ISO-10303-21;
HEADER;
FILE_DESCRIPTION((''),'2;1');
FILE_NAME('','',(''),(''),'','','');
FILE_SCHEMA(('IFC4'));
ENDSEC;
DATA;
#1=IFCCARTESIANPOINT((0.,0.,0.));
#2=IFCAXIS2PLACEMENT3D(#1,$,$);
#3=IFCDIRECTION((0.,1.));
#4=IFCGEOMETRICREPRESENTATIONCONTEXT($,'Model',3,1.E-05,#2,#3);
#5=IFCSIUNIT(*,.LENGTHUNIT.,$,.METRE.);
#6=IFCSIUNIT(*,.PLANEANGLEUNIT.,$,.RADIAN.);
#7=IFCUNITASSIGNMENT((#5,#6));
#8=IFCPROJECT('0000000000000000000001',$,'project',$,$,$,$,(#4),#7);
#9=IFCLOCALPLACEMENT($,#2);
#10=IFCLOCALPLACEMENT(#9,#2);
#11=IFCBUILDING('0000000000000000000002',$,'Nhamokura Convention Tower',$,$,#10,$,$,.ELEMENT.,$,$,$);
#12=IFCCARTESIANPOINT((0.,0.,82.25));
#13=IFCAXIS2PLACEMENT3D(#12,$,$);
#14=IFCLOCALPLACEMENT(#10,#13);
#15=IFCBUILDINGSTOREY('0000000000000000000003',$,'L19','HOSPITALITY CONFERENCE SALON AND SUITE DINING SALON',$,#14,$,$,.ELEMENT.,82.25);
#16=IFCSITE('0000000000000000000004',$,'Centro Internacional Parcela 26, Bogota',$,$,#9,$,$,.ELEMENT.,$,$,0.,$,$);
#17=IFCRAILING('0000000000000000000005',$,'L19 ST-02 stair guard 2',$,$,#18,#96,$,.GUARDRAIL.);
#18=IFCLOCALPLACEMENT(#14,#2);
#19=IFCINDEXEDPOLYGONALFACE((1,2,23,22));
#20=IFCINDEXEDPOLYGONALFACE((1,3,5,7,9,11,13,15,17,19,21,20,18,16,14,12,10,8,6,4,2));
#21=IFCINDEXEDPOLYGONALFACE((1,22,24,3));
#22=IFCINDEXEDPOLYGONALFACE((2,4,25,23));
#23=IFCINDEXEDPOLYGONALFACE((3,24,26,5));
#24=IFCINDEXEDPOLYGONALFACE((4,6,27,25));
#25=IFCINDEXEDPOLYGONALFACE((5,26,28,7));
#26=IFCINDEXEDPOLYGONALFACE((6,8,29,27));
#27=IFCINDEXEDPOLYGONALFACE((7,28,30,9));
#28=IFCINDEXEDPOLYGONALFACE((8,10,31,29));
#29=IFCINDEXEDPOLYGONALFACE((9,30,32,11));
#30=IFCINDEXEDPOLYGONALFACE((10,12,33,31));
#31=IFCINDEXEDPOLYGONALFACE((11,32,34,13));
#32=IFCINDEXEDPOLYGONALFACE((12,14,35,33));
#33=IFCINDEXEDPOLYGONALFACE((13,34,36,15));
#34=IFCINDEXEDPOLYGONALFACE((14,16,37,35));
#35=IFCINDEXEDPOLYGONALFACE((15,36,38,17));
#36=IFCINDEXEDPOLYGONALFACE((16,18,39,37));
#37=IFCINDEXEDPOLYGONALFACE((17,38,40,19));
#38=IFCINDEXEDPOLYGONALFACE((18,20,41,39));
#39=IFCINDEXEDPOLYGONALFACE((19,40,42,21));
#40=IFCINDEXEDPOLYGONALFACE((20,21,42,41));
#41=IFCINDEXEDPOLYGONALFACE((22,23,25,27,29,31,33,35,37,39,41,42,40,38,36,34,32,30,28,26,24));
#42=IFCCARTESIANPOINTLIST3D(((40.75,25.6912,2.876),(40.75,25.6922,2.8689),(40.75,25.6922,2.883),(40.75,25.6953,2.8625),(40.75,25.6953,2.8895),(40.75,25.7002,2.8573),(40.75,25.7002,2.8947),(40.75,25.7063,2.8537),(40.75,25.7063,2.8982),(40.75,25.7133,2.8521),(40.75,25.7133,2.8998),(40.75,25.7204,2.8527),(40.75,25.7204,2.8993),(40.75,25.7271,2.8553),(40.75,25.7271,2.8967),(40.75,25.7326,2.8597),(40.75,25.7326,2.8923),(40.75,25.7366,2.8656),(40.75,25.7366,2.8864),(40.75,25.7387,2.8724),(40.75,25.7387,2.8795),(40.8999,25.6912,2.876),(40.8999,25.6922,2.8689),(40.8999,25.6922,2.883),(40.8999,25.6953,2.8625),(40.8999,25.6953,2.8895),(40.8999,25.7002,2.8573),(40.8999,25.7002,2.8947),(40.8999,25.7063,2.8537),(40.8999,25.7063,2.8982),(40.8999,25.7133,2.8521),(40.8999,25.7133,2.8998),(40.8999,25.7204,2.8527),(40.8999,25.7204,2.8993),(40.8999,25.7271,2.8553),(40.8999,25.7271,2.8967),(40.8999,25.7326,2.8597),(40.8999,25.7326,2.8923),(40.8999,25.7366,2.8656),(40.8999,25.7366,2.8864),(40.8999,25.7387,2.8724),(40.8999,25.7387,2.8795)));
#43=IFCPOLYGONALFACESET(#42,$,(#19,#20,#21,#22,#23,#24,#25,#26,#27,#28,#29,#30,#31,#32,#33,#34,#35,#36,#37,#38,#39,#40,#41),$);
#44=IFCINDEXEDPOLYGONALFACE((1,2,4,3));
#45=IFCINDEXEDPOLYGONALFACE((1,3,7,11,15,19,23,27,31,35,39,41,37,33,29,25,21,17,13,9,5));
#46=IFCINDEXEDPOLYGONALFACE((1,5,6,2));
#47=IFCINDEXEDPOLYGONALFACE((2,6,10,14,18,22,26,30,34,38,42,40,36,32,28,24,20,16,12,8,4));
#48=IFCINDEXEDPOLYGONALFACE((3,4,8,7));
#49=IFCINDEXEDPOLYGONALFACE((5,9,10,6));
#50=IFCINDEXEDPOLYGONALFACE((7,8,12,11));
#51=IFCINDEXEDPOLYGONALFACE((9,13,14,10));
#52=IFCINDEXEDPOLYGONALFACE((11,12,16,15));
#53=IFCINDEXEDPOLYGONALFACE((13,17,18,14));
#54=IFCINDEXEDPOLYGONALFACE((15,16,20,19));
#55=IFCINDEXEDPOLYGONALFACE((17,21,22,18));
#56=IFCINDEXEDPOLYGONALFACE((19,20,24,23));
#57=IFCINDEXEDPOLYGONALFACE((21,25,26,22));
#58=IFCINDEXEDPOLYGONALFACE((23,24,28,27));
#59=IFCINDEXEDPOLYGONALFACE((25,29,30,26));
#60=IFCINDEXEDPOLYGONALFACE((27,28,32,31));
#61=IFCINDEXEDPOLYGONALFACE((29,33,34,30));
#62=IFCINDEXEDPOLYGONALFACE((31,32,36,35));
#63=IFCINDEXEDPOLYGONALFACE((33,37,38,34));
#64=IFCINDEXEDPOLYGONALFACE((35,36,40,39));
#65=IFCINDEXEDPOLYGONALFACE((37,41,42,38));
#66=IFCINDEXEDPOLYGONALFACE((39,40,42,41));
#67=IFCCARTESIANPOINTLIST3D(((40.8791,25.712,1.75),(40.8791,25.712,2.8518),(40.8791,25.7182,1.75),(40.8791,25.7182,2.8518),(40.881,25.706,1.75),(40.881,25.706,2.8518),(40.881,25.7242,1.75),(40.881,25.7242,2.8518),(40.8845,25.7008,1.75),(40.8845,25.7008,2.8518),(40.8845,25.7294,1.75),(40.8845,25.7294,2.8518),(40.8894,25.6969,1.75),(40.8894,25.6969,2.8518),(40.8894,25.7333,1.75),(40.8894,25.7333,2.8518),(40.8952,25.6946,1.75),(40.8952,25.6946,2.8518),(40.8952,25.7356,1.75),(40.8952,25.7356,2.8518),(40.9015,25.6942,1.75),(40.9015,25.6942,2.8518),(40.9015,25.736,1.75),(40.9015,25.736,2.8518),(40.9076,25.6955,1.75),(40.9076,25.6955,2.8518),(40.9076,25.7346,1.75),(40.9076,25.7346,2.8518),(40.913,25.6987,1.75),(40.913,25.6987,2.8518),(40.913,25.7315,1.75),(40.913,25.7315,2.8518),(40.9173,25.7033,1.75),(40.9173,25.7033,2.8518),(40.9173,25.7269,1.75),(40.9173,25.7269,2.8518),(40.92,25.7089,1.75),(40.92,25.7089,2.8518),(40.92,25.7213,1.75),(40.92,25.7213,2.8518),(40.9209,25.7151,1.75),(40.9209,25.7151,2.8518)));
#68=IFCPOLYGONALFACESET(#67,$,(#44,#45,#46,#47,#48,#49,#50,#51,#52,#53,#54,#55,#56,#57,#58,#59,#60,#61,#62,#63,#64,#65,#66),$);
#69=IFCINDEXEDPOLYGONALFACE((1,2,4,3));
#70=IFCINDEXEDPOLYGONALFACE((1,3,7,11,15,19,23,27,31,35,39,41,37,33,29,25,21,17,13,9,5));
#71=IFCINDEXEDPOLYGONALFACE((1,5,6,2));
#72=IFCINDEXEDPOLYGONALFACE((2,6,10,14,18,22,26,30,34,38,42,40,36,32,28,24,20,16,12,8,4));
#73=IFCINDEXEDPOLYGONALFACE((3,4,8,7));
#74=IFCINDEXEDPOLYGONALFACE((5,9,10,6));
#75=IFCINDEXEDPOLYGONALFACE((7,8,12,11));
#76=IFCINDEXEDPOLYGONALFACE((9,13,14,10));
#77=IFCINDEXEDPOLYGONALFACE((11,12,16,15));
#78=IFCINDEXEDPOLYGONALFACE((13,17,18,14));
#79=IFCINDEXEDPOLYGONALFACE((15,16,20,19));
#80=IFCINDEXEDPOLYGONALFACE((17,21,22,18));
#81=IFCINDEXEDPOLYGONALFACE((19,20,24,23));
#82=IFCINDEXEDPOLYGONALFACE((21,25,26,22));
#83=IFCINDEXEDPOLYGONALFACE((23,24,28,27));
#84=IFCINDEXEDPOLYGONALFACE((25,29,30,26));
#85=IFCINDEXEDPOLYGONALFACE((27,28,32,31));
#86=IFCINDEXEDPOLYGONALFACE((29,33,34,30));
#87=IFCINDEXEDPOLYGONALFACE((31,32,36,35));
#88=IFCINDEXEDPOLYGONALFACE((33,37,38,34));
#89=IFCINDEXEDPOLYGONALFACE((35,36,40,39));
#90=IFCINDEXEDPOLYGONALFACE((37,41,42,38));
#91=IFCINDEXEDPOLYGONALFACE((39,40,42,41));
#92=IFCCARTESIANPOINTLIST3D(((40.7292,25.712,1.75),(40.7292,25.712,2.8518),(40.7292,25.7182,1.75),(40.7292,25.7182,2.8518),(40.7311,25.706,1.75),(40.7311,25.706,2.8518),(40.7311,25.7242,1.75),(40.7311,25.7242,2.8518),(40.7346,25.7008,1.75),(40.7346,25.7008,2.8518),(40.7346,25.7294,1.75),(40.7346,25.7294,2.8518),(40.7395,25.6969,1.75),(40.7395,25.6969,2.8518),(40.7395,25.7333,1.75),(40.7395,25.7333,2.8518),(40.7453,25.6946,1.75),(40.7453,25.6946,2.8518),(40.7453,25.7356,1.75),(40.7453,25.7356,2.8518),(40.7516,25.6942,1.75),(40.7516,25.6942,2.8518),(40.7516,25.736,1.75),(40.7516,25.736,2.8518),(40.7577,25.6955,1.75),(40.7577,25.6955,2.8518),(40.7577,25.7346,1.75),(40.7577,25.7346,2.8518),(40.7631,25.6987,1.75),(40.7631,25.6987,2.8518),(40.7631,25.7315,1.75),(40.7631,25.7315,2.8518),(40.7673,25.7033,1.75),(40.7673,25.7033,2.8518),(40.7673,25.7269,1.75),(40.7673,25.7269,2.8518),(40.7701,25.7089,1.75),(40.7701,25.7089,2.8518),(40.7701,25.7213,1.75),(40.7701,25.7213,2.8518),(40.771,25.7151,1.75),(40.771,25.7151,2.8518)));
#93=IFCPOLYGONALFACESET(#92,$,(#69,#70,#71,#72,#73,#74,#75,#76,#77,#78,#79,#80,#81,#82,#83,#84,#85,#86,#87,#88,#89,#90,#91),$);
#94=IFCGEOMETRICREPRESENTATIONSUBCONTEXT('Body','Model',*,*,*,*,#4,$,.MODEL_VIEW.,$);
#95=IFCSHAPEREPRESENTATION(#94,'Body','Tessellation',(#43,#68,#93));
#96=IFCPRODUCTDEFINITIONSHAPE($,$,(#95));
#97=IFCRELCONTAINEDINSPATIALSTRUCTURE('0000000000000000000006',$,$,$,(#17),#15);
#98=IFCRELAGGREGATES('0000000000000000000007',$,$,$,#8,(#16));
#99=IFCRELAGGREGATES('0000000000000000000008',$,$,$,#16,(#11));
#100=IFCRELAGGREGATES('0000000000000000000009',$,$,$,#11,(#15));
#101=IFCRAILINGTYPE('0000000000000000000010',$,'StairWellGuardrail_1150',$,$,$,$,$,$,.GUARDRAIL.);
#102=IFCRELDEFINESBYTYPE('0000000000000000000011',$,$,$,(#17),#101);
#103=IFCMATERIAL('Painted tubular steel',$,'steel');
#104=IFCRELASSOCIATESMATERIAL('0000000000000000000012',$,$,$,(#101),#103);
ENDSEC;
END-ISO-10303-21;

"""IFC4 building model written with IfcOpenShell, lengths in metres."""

from ifc_helpers import new_model, si_unit, direction, frame, origin, origin_2d, place, context, subcontext, project, spatial, circle, extrude, material, type_object, element, save


model = new_model("IFC4")

# Units and contexts
model_context = context("Model", 3, precision=1e-05, world=origin(), true_north=direction((0.0, 1.0)))
body_context = subcontext(model_context, "Body", "Model", "MODEL_VIEW")
ifc_project = project(units=[si_unit("LENGTHUNIT", "METRE"), si_unit("PLANEANGLEUNIT", "RADIAN")], contexts=[model_context])

# Site, building, storey
site_placement = place(None, origin())
site = spatial("IfcSite", under=ifc_project, at=site_placement, Name="Centro Internacional Parcela 26, Bogota", CompositionType="ELEMENT", RefElevation=0.0)
building_placement = place(site_placement, origin())
building = spatial("IfcBuilding", under=site, at=building_placement, Name="Nhamokura Convention Tower", CompositionType="ELEMENT")
storey_placement = place(building_placement, frame((0.0, 0.0, 82.25)))
storey = spatial("IfcBuildingStorey", under=building, at=storey_placement, Name="L19", Description="HOSPITALITY CONFERENCE SALON AND SUITE DINING SALON", CompositionType="ELEMENT", Elevation=82.25)

# Railing
ifc_material_1 = material(Name="Painted tubular steel", Category="steel")
railing_type_1 = type_object("IfcRailingType", Name="StairWellGuardrail_1150", PredefinedType="GUARDRAIL", material=ifc_material_1)
railing_1_placement = place(storey_placement, frame((40.8999, 25.7151, 1.75)))
element("IfcRailing", 1, at=railing_1_placement, inside=storey, type_object=railing_type_1, Name="L19 ST-02 stair guard 2", PredefinedType="GUARDRAIL", context=body_context, shape_type="SweptSolid", body=[
    extrude(circle(Radius=0.0239, at=origin_2d()), frame((0.0, 0.0, 1.126), z_axis=(-1.0, 0.0, 0.0), x_axis=(0.0, -1.0, 0.0)), (0.0, 0.0, 1.0), 0.1499),
    extrude(circle(Radius=0.021, at=origin_2d()), origin(), (0.0, 0.0, 1.0), 1.1018),
    extrude(circle(Radius=0.021, at=origin_2d()), frame((-0.1499, 0.0, 0.0)), (0.0, 0.0, 1.0), 1.1018),
])

save(model, "model.ifc")
